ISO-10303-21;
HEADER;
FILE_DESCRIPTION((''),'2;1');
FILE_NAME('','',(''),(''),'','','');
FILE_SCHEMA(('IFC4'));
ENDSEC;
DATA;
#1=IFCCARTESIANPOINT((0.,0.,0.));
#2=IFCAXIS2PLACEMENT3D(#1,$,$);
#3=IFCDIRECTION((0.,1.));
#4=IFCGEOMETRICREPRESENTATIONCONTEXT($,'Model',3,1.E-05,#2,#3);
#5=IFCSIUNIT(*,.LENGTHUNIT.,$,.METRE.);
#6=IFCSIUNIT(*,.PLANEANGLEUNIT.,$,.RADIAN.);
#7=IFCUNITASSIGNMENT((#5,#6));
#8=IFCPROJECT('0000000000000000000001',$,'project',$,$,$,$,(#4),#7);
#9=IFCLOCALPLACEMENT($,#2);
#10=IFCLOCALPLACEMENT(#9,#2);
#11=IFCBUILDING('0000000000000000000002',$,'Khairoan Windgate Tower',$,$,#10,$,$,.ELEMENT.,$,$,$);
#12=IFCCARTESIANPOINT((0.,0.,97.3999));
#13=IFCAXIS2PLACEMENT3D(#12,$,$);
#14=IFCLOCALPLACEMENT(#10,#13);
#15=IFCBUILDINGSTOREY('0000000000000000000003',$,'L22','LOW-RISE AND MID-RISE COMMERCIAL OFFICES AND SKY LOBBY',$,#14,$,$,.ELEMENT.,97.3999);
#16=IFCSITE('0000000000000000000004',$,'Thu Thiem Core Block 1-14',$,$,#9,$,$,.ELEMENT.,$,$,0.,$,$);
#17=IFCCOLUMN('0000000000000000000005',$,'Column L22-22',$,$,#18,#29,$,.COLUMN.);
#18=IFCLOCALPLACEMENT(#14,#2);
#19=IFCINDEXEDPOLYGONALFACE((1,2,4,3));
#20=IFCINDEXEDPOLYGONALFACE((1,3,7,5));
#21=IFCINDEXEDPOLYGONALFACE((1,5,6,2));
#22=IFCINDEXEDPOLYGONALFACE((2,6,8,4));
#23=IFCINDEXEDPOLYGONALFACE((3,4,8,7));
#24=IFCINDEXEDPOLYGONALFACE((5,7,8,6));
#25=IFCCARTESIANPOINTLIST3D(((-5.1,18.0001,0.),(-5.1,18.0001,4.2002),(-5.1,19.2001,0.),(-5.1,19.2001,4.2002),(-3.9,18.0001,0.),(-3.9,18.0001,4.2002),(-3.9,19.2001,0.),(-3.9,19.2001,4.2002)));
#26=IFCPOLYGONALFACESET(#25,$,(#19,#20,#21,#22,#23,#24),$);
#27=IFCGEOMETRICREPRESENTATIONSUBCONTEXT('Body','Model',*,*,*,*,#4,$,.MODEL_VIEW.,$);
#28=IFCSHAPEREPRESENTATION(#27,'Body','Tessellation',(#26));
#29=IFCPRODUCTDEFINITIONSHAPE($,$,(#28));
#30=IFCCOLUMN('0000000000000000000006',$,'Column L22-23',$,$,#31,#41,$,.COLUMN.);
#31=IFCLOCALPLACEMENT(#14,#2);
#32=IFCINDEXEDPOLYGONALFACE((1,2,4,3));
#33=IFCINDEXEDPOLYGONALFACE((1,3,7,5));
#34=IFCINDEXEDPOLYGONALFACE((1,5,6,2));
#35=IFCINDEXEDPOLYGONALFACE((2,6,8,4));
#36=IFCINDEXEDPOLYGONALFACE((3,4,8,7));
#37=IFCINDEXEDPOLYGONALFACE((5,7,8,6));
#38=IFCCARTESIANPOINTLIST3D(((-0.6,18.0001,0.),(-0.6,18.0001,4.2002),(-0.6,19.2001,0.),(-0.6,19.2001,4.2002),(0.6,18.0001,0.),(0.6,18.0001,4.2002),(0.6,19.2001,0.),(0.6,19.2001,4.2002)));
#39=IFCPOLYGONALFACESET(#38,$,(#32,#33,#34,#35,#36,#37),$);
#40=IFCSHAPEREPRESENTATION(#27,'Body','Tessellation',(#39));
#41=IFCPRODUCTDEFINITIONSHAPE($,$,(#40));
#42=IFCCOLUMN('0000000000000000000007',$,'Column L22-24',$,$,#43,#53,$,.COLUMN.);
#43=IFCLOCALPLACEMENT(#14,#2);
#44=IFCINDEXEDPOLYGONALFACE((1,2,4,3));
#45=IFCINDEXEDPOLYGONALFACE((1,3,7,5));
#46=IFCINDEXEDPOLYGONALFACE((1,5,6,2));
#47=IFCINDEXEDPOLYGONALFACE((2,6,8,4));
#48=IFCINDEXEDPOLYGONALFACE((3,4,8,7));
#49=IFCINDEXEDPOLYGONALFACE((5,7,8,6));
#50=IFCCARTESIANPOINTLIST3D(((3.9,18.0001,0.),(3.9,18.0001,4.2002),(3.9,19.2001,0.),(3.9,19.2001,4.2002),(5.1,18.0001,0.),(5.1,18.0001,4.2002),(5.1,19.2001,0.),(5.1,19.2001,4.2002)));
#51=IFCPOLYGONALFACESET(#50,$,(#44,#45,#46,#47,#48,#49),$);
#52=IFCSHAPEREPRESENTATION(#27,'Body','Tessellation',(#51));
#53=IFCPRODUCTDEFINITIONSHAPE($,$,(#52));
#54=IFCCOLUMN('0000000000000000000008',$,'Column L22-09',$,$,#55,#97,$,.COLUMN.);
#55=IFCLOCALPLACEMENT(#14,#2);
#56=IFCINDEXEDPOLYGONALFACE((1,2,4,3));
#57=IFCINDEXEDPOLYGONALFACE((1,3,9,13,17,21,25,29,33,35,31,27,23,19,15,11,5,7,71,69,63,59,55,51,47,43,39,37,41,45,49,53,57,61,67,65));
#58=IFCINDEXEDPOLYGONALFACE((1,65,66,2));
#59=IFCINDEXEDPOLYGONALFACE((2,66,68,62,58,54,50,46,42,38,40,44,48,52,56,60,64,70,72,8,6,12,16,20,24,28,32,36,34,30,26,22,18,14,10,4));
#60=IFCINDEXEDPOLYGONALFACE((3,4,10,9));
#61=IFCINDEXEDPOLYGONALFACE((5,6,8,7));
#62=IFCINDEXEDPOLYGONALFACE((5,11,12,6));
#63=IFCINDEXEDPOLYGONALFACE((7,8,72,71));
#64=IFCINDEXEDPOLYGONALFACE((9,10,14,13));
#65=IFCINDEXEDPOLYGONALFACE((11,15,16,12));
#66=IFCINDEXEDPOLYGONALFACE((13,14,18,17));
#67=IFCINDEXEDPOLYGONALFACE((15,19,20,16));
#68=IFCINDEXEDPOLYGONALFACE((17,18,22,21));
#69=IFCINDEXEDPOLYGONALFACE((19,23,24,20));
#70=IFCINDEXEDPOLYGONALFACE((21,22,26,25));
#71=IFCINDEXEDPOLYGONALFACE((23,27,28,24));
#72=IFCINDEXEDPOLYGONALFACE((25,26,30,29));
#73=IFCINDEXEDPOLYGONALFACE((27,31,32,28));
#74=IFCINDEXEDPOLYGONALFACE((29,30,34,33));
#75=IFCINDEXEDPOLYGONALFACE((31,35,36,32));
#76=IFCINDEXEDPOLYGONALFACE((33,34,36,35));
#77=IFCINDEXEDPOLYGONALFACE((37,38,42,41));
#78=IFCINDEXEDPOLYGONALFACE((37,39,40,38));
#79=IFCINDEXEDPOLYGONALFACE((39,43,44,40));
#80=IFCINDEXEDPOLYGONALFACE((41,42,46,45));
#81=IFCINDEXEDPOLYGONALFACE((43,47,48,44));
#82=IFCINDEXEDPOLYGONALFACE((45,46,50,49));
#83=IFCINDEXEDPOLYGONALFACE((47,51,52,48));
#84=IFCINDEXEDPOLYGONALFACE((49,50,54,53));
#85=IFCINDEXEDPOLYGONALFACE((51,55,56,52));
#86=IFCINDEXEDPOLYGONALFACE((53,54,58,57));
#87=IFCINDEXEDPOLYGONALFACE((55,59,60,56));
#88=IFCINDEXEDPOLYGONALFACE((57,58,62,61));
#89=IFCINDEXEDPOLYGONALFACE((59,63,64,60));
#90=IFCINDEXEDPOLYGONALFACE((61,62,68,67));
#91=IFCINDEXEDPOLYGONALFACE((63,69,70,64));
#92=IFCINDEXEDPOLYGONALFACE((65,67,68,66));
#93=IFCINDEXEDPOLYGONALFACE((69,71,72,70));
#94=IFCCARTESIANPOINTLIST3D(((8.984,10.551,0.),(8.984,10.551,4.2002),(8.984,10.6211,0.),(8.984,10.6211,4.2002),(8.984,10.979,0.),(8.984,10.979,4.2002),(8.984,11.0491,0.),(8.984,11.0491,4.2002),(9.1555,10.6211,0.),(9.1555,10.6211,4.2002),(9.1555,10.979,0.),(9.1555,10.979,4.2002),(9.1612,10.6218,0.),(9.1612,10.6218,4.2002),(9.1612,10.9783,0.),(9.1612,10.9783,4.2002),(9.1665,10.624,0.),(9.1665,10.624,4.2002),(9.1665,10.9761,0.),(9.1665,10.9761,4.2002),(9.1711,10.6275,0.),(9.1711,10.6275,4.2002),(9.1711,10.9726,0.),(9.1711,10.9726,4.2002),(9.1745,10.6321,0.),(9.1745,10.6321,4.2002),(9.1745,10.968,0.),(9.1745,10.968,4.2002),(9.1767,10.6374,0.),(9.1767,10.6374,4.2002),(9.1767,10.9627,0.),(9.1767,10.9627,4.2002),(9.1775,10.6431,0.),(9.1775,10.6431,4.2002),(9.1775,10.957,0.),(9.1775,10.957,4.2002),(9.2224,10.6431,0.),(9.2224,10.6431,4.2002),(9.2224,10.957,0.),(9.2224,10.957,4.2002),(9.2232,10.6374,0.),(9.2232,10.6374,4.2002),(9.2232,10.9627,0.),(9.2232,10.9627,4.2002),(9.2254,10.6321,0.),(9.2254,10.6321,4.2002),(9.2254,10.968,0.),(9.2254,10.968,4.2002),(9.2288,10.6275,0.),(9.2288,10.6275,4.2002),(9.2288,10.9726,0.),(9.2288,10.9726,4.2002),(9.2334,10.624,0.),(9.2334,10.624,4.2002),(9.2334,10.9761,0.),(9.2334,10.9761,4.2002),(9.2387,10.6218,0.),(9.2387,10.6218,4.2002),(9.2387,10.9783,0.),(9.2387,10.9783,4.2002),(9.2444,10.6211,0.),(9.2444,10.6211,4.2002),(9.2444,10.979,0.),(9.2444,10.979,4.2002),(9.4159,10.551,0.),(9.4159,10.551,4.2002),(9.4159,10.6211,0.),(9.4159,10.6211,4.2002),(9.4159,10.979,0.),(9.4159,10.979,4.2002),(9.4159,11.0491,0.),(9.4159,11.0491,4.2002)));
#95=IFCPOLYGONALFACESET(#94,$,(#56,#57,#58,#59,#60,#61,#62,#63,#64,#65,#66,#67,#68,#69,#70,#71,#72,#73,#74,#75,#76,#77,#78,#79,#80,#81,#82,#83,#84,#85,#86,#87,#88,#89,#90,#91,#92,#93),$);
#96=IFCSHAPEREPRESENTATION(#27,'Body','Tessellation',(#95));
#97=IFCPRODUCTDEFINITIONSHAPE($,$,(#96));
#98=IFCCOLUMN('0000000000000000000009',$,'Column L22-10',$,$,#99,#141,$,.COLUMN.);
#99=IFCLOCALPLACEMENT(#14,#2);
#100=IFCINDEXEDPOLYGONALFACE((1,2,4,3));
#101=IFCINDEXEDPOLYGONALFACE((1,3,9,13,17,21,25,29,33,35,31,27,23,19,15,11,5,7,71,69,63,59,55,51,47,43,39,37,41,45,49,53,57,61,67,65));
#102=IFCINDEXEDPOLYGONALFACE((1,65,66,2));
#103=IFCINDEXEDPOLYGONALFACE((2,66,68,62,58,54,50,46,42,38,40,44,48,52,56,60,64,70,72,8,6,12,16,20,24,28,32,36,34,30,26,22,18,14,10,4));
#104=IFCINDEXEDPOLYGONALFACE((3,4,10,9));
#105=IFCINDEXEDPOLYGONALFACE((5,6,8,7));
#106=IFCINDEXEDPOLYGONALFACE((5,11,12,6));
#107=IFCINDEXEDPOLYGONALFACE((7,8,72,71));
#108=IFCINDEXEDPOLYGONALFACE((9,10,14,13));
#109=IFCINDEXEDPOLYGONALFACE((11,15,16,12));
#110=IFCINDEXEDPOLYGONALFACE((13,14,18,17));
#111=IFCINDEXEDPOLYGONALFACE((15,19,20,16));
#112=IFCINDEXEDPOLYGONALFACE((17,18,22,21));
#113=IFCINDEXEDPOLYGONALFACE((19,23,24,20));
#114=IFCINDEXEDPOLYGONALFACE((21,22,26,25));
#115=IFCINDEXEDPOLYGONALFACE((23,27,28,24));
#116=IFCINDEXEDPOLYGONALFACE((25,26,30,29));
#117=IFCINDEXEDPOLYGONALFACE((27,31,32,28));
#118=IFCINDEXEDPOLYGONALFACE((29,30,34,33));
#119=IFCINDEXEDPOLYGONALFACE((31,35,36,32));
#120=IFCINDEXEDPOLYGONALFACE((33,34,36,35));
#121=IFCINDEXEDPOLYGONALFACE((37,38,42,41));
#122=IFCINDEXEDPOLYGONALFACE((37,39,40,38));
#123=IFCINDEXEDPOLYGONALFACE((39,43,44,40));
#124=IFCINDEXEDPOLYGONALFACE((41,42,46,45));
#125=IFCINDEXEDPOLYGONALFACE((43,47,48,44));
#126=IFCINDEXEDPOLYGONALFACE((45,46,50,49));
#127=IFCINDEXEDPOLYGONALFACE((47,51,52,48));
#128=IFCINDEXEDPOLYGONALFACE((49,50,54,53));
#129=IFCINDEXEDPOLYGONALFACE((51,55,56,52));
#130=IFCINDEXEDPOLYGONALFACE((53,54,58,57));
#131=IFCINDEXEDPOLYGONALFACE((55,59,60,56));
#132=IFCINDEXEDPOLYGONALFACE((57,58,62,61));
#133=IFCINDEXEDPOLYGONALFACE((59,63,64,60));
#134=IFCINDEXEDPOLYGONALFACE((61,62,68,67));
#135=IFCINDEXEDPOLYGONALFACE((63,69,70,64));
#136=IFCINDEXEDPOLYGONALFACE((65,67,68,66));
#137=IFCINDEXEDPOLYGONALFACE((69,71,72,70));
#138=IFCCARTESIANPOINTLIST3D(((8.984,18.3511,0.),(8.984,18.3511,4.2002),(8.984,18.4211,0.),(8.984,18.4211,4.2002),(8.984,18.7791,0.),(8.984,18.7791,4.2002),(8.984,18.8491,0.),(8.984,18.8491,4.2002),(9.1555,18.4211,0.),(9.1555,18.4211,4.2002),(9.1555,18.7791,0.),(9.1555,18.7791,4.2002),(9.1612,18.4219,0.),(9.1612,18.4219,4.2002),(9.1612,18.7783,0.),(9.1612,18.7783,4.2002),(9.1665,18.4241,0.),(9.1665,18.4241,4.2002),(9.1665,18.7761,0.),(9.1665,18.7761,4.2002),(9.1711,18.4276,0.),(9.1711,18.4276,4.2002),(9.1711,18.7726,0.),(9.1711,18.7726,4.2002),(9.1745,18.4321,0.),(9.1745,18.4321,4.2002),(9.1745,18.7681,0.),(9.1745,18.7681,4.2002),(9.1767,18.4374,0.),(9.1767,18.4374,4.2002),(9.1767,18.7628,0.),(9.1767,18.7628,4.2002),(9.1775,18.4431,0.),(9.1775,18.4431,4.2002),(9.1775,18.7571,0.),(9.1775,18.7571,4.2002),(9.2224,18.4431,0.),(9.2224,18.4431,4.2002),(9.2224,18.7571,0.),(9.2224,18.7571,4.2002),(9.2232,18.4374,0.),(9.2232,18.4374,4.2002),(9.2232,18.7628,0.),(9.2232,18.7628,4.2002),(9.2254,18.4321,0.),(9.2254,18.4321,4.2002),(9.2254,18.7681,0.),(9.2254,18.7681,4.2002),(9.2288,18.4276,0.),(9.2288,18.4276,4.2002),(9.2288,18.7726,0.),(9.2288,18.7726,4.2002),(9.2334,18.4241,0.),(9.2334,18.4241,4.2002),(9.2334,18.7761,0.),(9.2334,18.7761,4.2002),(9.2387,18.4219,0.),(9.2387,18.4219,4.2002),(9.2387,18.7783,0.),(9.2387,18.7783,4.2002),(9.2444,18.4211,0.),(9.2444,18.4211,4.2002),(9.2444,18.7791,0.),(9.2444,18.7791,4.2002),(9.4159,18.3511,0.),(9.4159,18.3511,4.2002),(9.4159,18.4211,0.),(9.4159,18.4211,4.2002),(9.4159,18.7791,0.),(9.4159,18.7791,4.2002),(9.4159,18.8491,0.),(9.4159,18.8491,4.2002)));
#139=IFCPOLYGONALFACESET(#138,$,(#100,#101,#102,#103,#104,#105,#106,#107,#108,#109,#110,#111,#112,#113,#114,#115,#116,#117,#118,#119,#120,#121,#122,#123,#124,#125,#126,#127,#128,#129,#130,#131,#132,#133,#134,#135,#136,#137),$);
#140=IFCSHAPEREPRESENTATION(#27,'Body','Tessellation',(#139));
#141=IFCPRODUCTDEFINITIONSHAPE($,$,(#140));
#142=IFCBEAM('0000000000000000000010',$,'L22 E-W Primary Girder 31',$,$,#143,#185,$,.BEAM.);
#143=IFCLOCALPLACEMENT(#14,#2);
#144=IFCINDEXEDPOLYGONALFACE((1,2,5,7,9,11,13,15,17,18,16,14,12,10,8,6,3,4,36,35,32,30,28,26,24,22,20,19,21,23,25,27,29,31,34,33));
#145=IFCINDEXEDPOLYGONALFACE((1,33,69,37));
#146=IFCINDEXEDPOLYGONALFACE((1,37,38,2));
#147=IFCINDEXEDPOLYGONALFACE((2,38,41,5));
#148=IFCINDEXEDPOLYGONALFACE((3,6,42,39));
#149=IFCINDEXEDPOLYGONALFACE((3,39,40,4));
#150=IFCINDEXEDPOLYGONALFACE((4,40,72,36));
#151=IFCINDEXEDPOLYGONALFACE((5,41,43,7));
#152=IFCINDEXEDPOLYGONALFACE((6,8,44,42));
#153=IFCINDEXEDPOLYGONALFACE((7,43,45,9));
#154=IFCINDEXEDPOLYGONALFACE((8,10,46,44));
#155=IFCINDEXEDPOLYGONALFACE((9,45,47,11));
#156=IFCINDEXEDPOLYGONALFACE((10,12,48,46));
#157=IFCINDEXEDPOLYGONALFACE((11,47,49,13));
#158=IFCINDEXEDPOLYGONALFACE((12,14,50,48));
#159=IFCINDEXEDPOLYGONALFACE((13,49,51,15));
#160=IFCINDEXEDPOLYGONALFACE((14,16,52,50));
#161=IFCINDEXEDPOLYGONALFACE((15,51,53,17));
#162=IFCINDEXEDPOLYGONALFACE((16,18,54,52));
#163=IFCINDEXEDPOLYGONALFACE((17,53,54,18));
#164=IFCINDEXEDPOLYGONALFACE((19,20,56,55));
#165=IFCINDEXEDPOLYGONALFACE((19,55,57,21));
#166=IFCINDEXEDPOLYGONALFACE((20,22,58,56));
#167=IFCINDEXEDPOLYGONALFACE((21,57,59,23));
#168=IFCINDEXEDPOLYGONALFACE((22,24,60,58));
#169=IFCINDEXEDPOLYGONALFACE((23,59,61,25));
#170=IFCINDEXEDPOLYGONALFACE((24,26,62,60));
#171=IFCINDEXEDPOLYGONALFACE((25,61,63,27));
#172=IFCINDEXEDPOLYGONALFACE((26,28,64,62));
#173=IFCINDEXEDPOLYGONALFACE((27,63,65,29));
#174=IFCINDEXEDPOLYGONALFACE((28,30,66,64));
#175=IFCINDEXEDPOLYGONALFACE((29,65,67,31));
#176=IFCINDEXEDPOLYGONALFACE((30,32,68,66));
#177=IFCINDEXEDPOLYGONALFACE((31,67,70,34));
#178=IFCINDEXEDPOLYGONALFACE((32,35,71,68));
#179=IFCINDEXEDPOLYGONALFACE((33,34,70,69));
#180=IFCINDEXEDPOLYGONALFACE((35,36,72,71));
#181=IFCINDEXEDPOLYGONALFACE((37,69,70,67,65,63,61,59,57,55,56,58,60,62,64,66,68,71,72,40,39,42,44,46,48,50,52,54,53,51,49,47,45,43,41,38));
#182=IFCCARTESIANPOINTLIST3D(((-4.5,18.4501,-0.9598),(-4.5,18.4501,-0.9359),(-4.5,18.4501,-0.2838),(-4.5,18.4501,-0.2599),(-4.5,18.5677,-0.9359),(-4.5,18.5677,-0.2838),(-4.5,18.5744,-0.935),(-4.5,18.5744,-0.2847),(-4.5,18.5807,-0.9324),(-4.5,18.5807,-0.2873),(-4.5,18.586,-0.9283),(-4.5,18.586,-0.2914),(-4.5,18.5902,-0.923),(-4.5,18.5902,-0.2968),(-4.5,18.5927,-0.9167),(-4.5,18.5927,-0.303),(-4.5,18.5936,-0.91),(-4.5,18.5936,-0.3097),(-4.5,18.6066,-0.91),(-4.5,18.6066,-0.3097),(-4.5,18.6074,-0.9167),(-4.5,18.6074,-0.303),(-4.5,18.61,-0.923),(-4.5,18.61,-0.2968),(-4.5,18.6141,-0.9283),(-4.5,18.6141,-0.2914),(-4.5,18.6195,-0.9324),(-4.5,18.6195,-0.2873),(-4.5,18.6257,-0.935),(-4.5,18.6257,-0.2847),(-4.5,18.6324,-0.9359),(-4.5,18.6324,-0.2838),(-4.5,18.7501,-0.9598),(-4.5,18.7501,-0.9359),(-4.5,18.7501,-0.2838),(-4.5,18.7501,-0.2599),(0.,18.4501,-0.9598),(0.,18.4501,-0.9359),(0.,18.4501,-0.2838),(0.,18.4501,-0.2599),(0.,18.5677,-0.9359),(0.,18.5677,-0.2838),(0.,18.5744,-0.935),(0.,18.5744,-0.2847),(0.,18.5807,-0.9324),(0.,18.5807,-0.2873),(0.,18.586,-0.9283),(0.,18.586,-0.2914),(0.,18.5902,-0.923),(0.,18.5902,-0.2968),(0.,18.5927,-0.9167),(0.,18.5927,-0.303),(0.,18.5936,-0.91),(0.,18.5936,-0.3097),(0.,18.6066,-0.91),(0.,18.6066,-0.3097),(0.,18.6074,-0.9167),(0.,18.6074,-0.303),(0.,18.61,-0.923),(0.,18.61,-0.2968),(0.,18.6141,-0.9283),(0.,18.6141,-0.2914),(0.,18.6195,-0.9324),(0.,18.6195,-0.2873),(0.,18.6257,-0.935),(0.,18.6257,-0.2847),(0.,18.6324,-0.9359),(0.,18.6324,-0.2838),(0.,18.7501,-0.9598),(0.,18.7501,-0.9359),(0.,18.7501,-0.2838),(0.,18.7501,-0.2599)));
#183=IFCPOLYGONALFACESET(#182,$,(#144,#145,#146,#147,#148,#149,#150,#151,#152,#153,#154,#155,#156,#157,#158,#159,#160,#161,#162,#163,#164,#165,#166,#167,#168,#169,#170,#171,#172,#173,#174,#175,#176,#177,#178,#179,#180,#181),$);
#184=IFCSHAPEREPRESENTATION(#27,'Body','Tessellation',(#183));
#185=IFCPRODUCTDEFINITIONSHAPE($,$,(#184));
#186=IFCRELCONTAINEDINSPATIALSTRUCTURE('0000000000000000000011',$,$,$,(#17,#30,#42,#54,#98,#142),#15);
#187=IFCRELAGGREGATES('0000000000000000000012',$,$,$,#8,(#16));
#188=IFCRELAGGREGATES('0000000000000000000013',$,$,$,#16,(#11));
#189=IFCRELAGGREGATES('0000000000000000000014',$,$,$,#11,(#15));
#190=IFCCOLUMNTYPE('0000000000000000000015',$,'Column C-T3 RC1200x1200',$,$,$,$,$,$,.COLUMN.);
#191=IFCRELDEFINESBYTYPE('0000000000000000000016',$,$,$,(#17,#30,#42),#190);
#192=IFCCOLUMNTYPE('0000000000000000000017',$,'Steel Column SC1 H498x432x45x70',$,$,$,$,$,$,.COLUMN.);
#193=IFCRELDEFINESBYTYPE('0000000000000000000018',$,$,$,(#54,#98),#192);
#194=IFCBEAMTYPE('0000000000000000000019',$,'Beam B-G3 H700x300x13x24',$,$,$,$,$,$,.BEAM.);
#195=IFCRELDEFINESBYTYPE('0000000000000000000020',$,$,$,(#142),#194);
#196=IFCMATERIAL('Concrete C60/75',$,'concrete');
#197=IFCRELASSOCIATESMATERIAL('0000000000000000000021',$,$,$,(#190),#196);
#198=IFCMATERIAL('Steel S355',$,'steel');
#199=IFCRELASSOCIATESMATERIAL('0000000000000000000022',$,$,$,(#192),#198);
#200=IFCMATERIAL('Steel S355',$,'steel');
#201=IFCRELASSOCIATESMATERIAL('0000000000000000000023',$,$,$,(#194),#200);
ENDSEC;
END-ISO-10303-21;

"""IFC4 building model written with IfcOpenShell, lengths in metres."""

from ifc_helpers import new_model, si_unit, direction, frame, origin, origin_2d, place, context, subcontext, project, spatial, rectangle, i_section, extrude, material, material_profile, profile_set, type_object, element, save


model = new_model("IFC4")

# Units and contexts
model_context = context("Model", 3, precision=1e-05, world=origin(), true_north=direction((0.0, 1.0)))
body_context = subcontext(model_context, "Body", "Model", "MODEL_VIEW")
ifc_project = project(units=[si_unit("LENGTHUNIT", "METRE"), si_unit("PLANEANGLEUNIT", "RADIAN")], contexts=[model_context])

# Site, building, storey
site_placement = place(None, origin())
site = spatial("IfcSite", under=ifc_project, at=site_placement, Name="Thu Thiem Core Block 1-14", CompositionType="ELEMENT", RefElevation=0.0)
building_placement = place(site_placement, origin())
building = spatial("IfcBuilding", under=site, at=building_placement, Name="Khairoan Windgate Tower", CompositionType="ELEMENT")
storey_placement = place(building_placement, frame((0.0, 0.0, 97.3999)))
storey = spatial("IfcBuildingStorey", under=building, at=storey_placement, Name="L22", Description="LOW-RISE AND MID-RISE COMMERCIAL OFFICES AND SKY LOBBY", CompositionType="ELEMENT", Elevation=97.3999)

# Columns
ifc_material_1 = material(Name="Concrete C60/75", Category="concrete")
ifc_material_profile_1 = material_profile(ifc_material_1, rectangle(XDim=1.2, YDim=1.2, at=origin_2d()))
ifc_profile_set_1 = profile_set([ifc_material_profile_1], Name="Concrete C60/75")
column_type_1 = type_object("IfcColumnType", Name="Column C-T3 RC1200x1200", PredefinedType="COLUMN", material=ifc_profile_set_1)
for number, where, z_axis, x_axis, name in (
    (1, (-4.5, 18.6001, 0.0), (0.0, 0.0, 1.0), (1.0, 0.0, 0.0), "Column L22-22"),
    (2, (0.0, 18.6001, 0.0), (0.0, 0.0, 1.0), (1.0, 0.0, 0.0), "Column L22-23"),
    (3, (4.5, 18.6001, 0.0), (0.0, 0.0, 1.0), (1.0, 0.0, 0.0), "Column L22-24"),
):
    element("IfcColumn", number, at=place(storey_placement, frame(where, z_axis=z_axis, x_axis=x_axis)), inside=storey, type_object=column_type_1, Name=name, PredefinedType="COLUMN", context=body_context, shape_type="SweptSolid", body=[
        extrude(rectangle(XDim=1.2, YDim=1.2, at=origin_2d()), origin(), (0.0, 0.0, 1.0), 4.2002),
    ])
ifc_material_2 = material(Name="Steel S355", Category="steel")
ifc_material_profile_2 = material_profile(ifc_material_2, i_section(OverallWidth=0.4319, OverallDepth=0.498, WebThickness=0.0449, FlangeThickness=0.0701, FilletRadius=0.022, at=origin_2d()))
ifc_profile_set_2 = profile_set([ifc_material_profile_2], Name="Steel S355")
column_type_2 = type_object("IfcColumnType", Name="Steel Column SC1 H498x432x45x70", PredefinedType="COLUMN", material=ifc_profile_set_2)
for number, where, z_axis, x_axis, name in (
    (4, (9.2, 10.8, 0.0), (0.0, 0.0, 1.0), (1.0, 0.0, 0.0), "Column L22-09"),
    (5, (9.2, 18.6001, 0.0), (0.0, 0.0, 1.0), (1.0, 0.0, 0.0), "Column L22-10"),
):
    element("IfcColumn", number, at=place(storey_placement, frame(where, z_axis=z_axis, x_axis=x_axis)), inside=storey, type_object=column_type_2, Name=name, PredefinedType="COLUMN", context=body_context, shape_type="SweptSolid", body=[
        extrude(i_section(OverallWidth=0.4319, OverallDepth=0.498, WebThickness=0.0449, FlangeThickness=0.0701, FilletRadius=0.022, at=origin_2d()), origin(), (0.0, 0.0, 1.0), 4.2002),
    ])

# Beam
ifc_material_3 = material(Name="Steel S355", Category="steel")
ifc_material_profile_3 = material_profile(ifc_material_3, i_section(OverallWidth=0.3, OverallDepth=0.7, WebThickness=0.0129, FlangeThickness=0.0239, FilletRadius=0.0259, at=origin_2d()))
ifc_profile_set_3 = profile_set([ifc_material_profile_3], Name="Steel S355")
beam_type_1 = type_object("IfcBeamType", Name="Beam B-G3 H700x300x13x24", PredefinedType="BEAM", material=ifc_profile_set_3)
for number, where, z_axis, x_axis, name in (
    (6, (-4.5, 18.6001, -0.6099), (1.0, 0.0, 0.0), (0.0, 1.0, 0.0), "L22 E-W Primary Girder 31"),
):
    element("IfcBeam", number, at=place(storey_placement, frame(where, z_axis=z_axis, x_axis=x_axis)), inside=storey, type_object=beam_type_1, Name=name, PredefinedType="BEAM", context=body_context, shape_type="SweptSolid", body=[
        extrude(i_section(OverallWidth=0.3, OverallDepth=0.7, WebThickness=0.0129, FlangeThickness=0.0239, FilletRadius=0.0259, at=origin_2d()), origin(), (0.0, 0.0, 1.0), 4.5),
    ])

save(model, "model.ifc")
